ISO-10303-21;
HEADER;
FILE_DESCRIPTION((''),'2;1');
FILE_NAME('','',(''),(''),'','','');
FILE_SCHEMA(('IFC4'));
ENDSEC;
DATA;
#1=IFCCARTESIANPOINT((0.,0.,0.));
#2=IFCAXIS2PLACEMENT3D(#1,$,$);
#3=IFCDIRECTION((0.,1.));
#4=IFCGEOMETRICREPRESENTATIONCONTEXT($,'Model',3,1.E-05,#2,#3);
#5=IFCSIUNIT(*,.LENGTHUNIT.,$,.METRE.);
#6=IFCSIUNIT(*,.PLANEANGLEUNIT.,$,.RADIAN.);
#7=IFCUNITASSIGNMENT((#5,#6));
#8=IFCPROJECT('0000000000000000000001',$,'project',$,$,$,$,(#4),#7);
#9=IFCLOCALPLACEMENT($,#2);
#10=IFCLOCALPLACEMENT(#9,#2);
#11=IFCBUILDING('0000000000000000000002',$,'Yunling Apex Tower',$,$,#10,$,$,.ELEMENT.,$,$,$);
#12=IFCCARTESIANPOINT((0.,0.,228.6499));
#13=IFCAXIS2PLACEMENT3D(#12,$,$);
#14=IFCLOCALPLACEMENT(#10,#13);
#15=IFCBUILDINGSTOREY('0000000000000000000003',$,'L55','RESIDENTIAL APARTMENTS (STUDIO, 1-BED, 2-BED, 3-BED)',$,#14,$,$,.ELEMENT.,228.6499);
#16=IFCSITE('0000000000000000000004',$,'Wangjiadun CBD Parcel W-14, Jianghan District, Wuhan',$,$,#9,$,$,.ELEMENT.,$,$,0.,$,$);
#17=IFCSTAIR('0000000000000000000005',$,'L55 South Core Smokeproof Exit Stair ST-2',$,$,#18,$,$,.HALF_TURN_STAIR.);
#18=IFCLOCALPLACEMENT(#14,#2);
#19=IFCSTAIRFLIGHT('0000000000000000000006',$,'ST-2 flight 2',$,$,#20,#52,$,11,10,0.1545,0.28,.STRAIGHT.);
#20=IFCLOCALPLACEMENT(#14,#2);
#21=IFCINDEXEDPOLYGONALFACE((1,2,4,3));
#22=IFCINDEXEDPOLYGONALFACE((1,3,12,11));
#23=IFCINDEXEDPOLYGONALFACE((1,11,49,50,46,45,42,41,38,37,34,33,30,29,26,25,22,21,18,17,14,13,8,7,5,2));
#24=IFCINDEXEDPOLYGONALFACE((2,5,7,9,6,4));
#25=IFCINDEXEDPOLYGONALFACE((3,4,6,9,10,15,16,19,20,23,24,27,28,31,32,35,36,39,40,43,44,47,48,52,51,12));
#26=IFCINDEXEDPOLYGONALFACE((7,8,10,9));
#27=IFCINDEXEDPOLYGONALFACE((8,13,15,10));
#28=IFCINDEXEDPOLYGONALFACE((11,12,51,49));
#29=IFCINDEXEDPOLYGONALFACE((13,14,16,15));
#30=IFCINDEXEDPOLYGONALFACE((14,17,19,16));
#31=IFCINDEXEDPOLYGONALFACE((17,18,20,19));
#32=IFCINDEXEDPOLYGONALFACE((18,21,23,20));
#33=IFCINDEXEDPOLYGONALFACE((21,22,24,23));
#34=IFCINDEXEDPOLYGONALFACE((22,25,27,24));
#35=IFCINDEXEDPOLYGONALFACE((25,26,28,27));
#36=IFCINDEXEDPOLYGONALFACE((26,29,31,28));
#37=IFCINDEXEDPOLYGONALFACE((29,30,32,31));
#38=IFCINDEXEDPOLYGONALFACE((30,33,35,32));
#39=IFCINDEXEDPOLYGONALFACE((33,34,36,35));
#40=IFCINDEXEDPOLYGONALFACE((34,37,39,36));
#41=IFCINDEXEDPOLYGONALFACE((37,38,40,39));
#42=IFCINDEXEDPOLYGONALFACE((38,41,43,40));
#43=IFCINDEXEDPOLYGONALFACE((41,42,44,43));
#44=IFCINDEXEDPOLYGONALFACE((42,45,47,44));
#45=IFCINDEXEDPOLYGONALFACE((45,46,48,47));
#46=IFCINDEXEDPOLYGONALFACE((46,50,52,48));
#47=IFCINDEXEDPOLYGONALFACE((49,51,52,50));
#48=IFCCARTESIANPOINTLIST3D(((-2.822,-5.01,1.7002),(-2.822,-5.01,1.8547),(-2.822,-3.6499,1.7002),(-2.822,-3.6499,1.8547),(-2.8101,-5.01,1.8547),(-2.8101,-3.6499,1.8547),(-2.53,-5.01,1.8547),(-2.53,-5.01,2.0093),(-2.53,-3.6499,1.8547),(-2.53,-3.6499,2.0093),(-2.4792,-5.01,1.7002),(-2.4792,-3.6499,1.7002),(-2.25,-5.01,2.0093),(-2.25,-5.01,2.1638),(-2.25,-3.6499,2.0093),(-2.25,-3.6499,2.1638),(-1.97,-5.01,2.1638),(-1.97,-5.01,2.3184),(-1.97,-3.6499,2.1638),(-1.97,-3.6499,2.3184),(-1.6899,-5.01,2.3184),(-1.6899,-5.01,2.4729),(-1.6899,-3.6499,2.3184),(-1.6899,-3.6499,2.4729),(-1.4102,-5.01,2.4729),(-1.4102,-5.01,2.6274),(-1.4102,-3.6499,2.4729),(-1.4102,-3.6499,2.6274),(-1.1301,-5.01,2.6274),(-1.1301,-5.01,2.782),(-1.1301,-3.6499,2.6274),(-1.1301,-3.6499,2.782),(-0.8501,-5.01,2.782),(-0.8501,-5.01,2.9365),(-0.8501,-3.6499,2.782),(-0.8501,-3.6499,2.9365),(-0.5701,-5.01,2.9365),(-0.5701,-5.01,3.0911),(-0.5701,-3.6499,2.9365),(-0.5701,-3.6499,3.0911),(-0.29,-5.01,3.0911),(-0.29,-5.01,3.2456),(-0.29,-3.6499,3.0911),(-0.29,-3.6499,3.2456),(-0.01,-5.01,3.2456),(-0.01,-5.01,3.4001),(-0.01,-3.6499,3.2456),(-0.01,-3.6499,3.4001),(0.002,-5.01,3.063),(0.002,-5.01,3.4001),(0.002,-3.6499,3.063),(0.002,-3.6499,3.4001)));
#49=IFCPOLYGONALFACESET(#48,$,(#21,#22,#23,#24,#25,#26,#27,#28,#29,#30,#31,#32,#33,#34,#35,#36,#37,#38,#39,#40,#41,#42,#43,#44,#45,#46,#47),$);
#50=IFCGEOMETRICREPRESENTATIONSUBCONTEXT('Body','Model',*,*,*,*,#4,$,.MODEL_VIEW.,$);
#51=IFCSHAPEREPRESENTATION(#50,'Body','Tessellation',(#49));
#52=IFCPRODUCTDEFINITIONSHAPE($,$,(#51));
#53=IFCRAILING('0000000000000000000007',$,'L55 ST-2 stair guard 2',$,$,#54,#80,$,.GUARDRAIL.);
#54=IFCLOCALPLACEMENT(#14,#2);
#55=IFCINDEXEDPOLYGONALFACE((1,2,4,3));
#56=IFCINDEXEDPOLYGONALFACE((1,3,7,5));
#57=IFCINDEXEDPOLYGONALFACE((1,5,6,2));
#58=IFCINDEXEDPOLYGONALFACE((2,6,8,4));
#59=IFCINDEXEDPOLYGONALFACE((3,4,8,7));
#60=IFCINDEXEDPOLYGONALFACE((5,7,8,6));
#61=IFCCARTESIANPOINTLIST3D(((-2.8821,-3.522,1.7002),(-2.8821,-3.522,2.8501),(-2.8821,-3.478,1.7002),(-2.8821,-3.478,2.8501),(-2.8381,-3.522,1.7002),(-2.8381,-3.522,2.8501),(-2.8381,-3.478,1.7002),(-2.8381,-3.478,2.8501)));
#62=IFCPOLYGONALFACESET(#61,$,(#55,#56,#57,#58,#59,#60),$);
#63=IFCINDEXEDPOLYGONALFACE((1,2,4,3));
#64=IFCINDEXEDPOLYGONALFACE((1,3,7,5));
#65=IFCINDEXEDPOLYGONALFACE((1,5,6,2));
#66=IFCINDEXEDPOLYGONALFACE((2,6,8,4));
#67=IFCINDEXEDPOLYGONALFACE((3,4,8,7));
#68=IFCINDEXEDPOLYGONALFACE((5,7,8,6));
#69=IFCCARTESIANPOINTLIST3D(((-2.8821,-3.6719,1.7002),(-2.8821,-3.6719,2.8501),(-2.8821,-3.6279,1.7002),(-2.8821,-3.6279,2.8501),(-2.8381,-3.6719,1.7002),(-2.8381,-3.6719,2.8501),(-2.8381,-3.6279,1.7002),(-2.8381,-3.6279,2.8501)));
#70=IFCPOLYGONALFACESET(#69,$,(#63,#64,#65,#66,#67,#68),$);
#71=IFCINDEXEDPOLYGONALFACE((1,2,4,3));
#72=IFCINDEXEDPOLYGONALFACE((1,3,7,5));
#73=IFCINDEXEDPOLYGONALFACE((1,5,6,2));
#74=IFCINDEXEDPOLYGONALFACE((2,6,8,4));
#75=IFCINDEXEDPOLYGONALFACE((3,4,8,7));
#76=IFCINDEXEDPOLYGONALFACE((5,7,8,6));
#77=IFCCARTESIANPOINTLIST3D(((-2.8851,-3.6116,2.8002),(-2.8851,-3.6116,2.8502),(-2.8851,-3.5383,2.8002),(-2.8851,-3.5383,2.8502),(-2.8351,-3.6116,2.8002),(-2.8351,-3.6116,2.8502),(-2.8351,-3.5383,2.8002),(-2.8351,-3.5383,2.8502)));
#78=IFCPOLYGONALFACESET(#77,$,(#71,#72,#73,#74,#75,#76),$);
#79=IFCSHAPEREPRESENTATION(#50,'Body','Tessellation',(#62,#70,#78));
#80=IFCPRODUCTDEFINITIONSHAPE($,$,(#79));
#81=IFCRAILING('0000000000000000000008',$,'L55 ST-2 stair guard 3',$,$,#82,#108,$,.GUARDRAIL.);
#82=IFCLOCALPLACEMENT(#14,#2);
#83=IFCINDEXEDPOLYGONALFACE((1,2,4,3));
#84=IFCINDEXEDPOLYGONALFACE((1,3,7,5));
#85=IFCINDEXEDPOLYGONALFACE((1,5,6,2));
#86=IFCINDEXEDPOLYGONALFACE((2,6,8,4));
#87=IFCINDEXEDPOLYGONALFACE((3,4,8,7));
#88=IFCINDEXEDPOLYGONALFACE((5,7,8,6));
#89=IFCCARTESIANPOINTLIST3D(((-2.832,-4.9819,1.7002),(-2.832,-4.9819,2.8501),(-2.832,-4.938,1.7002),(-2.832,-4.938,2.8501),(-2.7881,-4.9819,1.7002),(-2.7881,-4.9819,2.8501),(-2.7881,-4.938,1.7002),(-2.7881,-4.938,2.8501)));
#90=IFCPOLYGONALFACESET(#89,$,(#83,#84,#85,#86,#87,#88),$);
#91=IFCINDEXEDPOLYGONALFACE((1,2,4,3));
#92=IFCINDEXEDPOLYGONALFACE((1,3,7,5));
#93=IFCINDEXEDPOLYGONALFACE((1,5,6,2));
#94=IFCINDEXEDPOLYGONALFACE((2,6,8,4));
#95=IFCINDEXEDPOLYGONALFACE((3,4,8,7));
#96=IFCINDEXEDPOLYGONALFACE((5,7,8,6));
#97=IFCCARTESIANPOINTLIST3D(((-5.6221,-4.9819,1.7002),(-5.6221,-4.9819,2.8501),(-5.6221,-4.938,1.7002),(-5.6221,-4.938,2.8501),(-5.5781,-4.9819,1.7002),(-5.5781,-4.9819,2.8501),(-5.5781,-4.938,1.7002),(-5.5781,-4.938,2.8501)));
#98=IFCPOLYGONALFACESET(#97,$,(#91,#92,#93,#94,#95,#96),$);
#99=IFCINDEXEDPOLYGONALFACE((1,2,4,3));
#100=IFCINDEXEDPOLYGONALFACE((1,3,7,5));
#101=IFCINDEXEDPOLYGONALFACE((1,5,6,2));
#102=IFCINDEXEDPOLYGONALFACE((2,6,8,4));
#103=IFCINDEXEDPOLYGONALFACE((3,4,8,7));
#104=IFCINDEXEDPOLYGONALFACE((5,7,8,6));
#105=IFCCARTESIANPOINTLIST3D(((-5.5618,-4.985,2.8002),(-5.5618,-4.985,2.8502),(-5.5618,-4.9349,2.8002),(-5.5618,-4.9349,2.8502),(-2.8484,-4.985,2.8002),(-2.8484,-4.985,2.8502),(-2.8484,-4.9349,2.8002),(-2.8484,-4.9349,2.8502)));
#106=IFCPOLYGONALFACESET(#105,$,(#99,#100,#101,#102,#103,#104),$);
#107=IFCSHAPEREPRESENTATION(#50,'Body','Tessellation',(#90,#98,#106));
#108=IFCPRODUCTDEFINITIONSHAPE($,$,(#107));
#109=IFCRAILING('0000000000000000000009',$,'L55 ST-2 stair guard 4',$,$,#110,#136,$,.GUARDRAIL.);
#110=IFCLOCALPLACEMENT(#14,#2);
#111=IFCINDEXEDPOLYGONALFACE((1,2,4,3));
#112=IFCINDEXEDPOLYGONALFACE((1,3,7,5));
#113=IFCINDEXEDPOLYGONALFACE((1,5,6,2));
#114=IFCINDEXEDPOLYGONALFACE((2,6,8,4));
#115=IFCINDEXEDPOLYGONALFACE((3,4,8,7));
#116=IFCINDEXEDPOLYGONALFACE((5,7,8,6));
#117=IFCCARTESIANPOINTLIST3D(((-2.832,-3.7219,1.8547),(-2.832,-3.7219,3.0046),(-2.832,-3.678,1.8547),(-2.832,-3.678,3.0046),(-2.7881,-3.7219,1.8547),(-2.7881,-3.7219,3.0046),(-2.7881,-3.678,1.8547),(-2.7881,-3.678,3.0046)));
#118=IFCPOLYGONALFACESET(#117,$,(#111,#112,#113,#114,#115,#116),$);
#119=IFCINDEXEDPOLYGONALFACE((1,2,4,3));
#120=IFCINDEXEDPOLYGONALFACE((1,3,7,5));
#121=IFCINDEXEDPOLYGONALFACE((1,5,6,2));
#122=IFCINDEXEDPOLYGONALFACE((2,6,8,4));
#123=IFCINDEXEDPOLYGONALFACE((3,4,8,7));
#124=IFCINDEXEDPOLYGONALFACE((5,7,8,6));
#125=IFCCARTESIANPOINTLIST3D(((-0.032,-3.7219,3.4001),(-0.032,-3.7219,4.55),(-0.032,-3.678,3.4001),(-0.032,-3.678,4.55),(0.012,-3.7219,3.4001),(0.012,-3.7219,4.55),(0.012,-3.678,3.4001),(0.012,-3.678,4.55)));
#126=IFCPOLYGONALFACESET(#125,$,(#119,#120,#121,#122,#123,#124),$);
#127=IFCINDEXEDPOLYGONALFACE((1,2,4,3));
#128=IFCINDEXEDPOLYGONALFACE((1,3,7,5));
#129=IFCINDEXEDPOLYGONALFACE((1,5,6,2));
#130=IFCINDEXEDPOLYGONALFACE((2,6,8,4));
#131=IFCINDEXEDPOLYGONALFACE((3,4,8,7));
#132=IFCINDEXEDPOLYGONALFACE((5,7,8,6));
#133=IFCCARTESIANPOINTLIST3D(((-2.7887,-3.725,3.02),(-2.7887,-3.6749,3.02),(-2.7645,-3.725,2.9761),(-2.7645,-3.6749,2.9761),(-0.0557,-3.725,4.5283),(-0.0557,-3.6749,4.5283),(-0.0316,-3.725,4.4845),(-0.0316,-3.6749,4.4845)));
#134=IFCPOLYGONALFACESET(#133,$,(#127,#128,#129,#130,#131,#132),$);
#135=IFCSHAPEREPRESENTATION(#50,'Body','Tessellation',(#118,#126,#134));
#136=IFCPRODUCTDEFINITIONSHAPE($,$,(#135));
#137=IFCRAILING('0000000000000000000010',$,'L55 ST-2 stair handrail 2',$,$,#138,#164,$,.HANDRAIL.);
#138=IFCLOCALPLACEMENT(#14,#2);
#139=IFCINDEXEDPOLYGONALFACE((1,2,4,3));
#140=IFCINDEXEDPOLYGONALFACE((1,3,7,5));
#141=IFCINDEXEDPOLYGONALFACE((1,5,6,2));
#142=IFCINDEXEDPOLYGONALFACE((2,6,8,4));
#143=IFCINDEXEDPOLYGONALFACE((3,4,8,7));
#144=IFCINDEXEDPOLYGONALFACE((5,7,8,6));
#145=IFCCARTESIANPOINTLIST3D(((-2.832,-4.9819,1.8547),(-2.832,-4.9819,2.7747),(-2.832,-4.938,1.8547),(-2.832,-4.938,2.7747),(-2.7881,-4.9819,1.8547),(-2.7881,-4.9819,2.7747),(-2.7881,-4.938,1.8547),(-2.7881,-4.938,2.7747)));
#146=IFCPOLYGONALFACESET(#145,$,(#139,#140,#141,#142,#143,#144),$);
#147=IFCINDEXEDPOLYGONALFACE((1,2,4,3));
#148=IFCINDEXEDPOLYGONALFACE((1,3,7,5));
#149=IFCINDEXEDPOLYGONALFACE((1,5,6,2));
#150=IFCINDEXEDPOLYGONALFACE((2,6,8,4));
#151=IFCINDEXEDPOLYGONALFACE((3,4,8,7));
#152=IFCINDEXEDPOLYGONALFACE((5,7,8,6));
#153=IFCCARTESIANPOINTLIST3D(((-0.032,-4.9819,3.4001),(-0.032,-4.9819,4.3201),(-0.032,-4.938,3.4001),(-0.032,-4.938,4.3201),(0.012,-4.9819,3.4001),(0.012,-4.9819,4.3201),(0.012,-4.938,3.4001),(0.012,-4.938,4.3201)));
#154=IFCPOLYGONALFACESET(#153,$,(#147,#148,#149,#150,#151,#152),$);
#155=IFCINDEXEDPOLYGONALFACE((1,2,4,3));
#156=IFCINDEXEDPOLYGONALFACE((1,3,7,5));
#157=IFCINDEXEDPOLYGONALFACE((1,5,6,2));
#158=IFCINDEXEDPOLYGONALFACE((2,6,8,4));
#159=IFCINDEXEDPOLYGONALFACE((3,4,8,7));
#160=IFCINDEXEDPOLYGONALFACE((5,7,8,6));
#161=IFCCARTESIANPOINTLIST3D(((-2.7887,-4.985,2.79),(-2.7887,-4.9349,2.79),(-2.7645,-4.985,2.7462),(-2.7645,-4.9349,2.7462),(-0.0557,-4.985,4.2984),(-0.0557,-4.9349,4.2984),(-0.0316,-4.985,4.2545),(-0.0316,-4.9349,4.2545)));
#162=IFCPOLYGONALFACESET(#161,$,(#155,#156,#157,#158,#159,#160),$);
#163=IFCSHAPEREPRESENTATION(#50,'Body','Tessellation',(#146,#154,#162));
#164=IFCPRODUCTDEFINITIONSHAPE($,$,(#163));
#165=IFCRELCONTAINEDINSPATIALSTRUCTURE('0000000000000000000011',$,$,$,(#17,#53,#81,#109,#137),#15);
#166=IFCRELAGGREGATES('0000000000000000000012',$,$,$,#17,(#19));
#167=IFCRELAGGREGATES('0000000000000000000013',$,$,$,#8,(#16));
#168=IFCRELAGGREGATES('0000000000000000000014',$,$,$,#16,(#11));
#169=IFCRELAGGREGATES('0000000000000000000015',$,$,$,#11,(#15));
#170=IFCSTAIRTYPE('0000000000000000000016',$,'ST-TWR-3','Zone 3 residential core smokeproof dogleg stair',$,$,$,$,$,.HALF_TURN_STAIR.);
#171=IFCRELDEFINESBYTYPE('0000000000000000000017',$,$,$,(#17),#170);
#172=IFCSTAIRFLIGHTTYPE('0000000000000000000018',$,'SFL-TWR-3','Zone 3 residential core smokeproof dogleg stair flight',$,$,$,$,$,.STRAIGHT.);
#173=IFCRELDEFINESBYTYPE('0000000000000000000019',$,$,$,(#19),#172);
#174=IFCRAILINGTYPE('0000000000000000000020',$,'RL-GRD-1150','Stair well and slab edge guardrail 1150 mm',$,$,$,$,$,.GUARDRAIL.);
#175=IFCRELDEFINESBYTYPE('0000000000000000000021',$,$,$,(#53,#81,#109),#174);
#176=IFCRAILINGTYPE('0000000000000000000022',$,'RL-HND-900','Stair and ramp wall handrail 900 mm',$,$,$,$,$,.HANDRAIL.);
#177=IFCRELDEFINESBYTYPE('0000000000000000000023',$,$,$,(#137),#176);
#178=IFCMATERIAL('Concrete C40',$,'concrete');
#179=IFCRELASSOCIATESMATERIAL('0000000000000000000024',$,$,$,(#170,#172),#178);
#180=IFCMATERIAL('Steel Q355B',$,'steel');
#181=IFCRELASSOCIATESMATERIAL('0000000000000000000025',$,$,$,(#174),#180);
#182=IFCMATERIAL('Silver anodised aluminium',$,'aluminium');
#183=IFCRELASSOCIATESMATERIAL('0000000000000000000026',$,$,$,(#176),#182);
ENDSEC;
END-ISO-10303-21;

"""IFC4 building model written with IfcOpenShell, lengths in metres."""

from ifc_helpers import new_model, si_unit, direction, frame, origin, origin_2d, place, context, subcontext, project, spatial, polyline, rectangle, outline, extrude, material, type_object, element, aggregate, save


model = new_model("IFC4")

# Units and contexts
model_context = context("Model", 3, precision=1e-05, world=origin(), true_north=direction((0.0, 1.0)))
body_context = subcontext(model_context, "Body", "Model", "MODEL_VIEW")
ifc_project = project(units=[si_unit("LENGTHUNIT", "METRE"), si_unit("PLANEANGLEUNIT", "RADIAN")], contexts=[model_context])

# Site, building, storey
site_placement = place(None, origin())
site = spatial("IfcSite", under=ifc_project, at=site_placement, Name="Wangjiadun CBD Parcel W-14, Jianghan District, Wuhan", CompositionType="ELEMENT", RefElevation=0.0)
building_placement = place(site_placement, origin())
building = spatial("IfcBuilding", under=site, at=building_placement, Name="Yunling Apex Tower", CompositionType="ELEMENT")
storey_placement = place(building_placement, frame((0.0, 0.0, 228.6499)))
storey = spatial("IfcBuildingStorey", under=building, at=storey_placement, Name="L55", Description="RESIDENTIAL APARTMENTS (STUDIO, 1-BED, 2-BED, 3-BED)", CompositionType="ELEMENT", Elevation=228.6499)

# Shared definitions
ifc_material_1 = material(Name="Steel Q355B", Category="steel")
ifc_material_2 = material(Name="Concrete C40", Category="concrete")

# Shared definitions
ifc_material_3 = material(Name="Silver anodised aluminium", Category="aluminium")

# Stair, stair flight
stair_type = type_object("IfcStairType", Name="ST-TWR-3", Description="Zone 3 residential core smokeproof dogleg stair", PredefinedType="HALF_TURN_STAIR", material=ifc_material_2)
stair_placement = place(storey_placement, origin())
stair = element("IfcStair", 1, at=stair_placement, inside=storey, type_object=stair_type, Name="L55 South Core Smokeproof Exit Stair ST-2", PredefinedType="HALF_TURN_STAIR")
stair_flight_type = type_object("IfcStairFlightType", Name="SFL-TWR-3", Description="Zone 3 residential core smokeproof dogleg stair flight", PredefinedType="STRAIGHT", material=ifc_material_2)
stair_flight_placement = place(storey_placement, frame((-2.8101, -4.3301, 1.7002), z_axis=(0.0, 0.0, 1.0), x_axis=(1.0, 0.0, 0.0)))
stair_flight = element("IfcStairFlight", 2, at=stair_flight_placement, type_object=stair_flight_type, Name="ST-2 flight 2", NumberOfRisers=11, NumberOfTreads=10, PredefinedType="STRAIGHT", RiserHeight=0.1545, TreadLength=0.28, context=body_context, shape_type="SweptSolid", body=[
    extrude(outline(polyline([(-0.012, 0.0), (-0.012, 0.1545), (0.0, 0.1545), (0.28, 0.1545), (0.28, 0.3091), (0.5601, 0.3091), (0.5601, 0.4636), (0.8401, 0.4636), (0.8401, 0.6182), (1.1201, 0.6182), (1.1201, 0.7727), (1.3999, 0.7727), (1.3999, 0.9272), (1.6799, 0.9272), (1.6799, 1.0818), (1.96, 1.0818), (1.96, 1.2363), (2.24, 1.2363), (2.24, 1.3909), (2.52, 1.3909), (2.52, 1.5454), (2.8, 1.5454), (2.8, 1.7), (2.812, 1.7), (2.812, 1.3628), (0.3308, 0.0), (-0.012, 0.0)])), frame((0.0, 0.6802, 0.0), z_axis=(0.0, -1.0, 0.0), x_axis=(1.0, 0.0, 0.0)), (0.0, 0.0, 1.0), 1.3601),
])
aggregate(stair, [stair_flight])

# Railings
railing_type_1 = type_object("IfcRailingType", Name="RL-GRD-1150", Description="Stair well and slab edge guardrail 1150 mm", PredefinedType="GUARDRAIL", material=ifc_material_1)
railing_1_placement = place(storey_placement, frame((-2.8601, -3.5, 1.7002)))
element("IfcRailing", 3, at=railing_1_placement, inside=storey, type_object=railing_type_1, Name="L55 ST-2 stair guard 2", PredefinedType="GUARDRAIL", context=body_context, shape_type="SweptSolid", body=[
    extrude(rectangle(XDim=0.0439, YDim=0.0439, at=origin_2d()), origin(), (0.0, 0.0, 1.0), 1.1499),
    extrude(rectangle(XDim=0.0439, YDim=0.0439, at=origin_2d()), frame((0.0, -0.1499, 0.0)), (0.0, 0.0, 1.0), 1.1499),
    extrude(rectangle(XDim=0.05, YDim=0.05, at=origin_2d()), frame((0.0, -0.0383, 1.125), z_axis=(0.0, -1.0, 0.0), x_axis=(1.0, 0.0, 0.0)), (0.0, 0.0, 1.0), 0.0732),
])
railing_2_placement = place(storey_placement, frame((-2.8101, -4.96, 1.7002)))
element("IfcRailing", 4, at=railing_2_placement, inside=storey, type_object=railing_type_1, Name="L55 ST-2 stair guard 3", PredefinedType="GUARDRAIL", context=body_context, shape_type="SweptSolid", body=[
    extrude(rectangle(XDim=0.0439, YDim=0.0439, at=origin_2d()), origin(), (0.0, 0.0, 1.0), 1.1499),
    extrude(rectangle(XDim=0.0439, YDim=0.0439, at=origin_2d()), frame((-2.79, 0.0, 0.0)), (0.0, 0.0, 1.0), 1.1499),
    extrude(rectangle(XDim=0.05, YDim=0.05, at=origin_2d()), frame((-0.0383, 0.0, 1.125), z_axis=(-1.0, 0.0, 0.0), x_axis=(0.0, -1.0, 0.0)), (0.0, 0.0, 1.0), 2.7134),
])
railing_3_placement = place(storey_placement, frame((-2.8101, -3.7, 1.8547)))
element("IfcRailing", 5, at=railing_3_placement, inside=storey, type_object=railing_type_1, Name="L55 ST-2 stair guard 4", PredefinedType="GUARDRAIL", context=body_context, shape_type="SweptSolid", body=[
    extrude(rectangle(XDim=0.0439, YDim=0.0439, at=origin_2d()), origin(), (0.0, 0.0, 1.0), 1.1499),
    extrude(rectangle(XDim=0.0439, YDim=0.0439, at=origin_2d()), frame((2.8, 0.0, 1.5454)), (0.0, 0.0, 1.0), 1.1499),
    extrude(rectangle(XDim=0.05, YDim=0.05, at=origin_2d()), frame((0.0334, 0.0, 1.1433), z_axis=(0.875504, 0.0, 0.483211), x_axis=(0.0, 1.0, 0.0)), (0.0, 0.0, 1.0), 3.1216),
])
railing_type_2 = type_object("IfcRailingType", Name="RL-HND-900", Description="Stair and ramp wall handrail 900 mm", PredefinedType="HANDRAIL", material=ifc_material_3)
railing_4_placement = place(storey_placement, frame((-2.8101, -4.96, 1.8547)))
element("IfcRailing", 6, at=railing_4_placement, inside=storey, type_object=railing_type_2, Name="L55 ST-2 stair handrail 2", PredefinedType="HANDRAIL", context=body_context, shape_type="SweptSolid", body=[
    extrude(rectangle(XDim=0.0439, YDim=0.0439, at=origin_2d()), origin(), (0.0, 0.0, 1.0), 0.9199),
    extrude(rectangle(XDim=0.0439, YDim=0.0439, at=origin_2d()), frame((2.8, 0.0, 1.5454)), (0.0, 0.0, 1.0), 0.9199),
    extrude(rectangle(XDim=0.05, YDim=0.05, at=origin_2d()), frame((0.0334, 0.0, 0.9133), z_axis=(0.875504, 0.0, 0.483211), x_axis=(0.0, 1.0, 0.0)), (0.0, 0.0, 1.0), 3.1216),
])

save(model, "model.ifc")
